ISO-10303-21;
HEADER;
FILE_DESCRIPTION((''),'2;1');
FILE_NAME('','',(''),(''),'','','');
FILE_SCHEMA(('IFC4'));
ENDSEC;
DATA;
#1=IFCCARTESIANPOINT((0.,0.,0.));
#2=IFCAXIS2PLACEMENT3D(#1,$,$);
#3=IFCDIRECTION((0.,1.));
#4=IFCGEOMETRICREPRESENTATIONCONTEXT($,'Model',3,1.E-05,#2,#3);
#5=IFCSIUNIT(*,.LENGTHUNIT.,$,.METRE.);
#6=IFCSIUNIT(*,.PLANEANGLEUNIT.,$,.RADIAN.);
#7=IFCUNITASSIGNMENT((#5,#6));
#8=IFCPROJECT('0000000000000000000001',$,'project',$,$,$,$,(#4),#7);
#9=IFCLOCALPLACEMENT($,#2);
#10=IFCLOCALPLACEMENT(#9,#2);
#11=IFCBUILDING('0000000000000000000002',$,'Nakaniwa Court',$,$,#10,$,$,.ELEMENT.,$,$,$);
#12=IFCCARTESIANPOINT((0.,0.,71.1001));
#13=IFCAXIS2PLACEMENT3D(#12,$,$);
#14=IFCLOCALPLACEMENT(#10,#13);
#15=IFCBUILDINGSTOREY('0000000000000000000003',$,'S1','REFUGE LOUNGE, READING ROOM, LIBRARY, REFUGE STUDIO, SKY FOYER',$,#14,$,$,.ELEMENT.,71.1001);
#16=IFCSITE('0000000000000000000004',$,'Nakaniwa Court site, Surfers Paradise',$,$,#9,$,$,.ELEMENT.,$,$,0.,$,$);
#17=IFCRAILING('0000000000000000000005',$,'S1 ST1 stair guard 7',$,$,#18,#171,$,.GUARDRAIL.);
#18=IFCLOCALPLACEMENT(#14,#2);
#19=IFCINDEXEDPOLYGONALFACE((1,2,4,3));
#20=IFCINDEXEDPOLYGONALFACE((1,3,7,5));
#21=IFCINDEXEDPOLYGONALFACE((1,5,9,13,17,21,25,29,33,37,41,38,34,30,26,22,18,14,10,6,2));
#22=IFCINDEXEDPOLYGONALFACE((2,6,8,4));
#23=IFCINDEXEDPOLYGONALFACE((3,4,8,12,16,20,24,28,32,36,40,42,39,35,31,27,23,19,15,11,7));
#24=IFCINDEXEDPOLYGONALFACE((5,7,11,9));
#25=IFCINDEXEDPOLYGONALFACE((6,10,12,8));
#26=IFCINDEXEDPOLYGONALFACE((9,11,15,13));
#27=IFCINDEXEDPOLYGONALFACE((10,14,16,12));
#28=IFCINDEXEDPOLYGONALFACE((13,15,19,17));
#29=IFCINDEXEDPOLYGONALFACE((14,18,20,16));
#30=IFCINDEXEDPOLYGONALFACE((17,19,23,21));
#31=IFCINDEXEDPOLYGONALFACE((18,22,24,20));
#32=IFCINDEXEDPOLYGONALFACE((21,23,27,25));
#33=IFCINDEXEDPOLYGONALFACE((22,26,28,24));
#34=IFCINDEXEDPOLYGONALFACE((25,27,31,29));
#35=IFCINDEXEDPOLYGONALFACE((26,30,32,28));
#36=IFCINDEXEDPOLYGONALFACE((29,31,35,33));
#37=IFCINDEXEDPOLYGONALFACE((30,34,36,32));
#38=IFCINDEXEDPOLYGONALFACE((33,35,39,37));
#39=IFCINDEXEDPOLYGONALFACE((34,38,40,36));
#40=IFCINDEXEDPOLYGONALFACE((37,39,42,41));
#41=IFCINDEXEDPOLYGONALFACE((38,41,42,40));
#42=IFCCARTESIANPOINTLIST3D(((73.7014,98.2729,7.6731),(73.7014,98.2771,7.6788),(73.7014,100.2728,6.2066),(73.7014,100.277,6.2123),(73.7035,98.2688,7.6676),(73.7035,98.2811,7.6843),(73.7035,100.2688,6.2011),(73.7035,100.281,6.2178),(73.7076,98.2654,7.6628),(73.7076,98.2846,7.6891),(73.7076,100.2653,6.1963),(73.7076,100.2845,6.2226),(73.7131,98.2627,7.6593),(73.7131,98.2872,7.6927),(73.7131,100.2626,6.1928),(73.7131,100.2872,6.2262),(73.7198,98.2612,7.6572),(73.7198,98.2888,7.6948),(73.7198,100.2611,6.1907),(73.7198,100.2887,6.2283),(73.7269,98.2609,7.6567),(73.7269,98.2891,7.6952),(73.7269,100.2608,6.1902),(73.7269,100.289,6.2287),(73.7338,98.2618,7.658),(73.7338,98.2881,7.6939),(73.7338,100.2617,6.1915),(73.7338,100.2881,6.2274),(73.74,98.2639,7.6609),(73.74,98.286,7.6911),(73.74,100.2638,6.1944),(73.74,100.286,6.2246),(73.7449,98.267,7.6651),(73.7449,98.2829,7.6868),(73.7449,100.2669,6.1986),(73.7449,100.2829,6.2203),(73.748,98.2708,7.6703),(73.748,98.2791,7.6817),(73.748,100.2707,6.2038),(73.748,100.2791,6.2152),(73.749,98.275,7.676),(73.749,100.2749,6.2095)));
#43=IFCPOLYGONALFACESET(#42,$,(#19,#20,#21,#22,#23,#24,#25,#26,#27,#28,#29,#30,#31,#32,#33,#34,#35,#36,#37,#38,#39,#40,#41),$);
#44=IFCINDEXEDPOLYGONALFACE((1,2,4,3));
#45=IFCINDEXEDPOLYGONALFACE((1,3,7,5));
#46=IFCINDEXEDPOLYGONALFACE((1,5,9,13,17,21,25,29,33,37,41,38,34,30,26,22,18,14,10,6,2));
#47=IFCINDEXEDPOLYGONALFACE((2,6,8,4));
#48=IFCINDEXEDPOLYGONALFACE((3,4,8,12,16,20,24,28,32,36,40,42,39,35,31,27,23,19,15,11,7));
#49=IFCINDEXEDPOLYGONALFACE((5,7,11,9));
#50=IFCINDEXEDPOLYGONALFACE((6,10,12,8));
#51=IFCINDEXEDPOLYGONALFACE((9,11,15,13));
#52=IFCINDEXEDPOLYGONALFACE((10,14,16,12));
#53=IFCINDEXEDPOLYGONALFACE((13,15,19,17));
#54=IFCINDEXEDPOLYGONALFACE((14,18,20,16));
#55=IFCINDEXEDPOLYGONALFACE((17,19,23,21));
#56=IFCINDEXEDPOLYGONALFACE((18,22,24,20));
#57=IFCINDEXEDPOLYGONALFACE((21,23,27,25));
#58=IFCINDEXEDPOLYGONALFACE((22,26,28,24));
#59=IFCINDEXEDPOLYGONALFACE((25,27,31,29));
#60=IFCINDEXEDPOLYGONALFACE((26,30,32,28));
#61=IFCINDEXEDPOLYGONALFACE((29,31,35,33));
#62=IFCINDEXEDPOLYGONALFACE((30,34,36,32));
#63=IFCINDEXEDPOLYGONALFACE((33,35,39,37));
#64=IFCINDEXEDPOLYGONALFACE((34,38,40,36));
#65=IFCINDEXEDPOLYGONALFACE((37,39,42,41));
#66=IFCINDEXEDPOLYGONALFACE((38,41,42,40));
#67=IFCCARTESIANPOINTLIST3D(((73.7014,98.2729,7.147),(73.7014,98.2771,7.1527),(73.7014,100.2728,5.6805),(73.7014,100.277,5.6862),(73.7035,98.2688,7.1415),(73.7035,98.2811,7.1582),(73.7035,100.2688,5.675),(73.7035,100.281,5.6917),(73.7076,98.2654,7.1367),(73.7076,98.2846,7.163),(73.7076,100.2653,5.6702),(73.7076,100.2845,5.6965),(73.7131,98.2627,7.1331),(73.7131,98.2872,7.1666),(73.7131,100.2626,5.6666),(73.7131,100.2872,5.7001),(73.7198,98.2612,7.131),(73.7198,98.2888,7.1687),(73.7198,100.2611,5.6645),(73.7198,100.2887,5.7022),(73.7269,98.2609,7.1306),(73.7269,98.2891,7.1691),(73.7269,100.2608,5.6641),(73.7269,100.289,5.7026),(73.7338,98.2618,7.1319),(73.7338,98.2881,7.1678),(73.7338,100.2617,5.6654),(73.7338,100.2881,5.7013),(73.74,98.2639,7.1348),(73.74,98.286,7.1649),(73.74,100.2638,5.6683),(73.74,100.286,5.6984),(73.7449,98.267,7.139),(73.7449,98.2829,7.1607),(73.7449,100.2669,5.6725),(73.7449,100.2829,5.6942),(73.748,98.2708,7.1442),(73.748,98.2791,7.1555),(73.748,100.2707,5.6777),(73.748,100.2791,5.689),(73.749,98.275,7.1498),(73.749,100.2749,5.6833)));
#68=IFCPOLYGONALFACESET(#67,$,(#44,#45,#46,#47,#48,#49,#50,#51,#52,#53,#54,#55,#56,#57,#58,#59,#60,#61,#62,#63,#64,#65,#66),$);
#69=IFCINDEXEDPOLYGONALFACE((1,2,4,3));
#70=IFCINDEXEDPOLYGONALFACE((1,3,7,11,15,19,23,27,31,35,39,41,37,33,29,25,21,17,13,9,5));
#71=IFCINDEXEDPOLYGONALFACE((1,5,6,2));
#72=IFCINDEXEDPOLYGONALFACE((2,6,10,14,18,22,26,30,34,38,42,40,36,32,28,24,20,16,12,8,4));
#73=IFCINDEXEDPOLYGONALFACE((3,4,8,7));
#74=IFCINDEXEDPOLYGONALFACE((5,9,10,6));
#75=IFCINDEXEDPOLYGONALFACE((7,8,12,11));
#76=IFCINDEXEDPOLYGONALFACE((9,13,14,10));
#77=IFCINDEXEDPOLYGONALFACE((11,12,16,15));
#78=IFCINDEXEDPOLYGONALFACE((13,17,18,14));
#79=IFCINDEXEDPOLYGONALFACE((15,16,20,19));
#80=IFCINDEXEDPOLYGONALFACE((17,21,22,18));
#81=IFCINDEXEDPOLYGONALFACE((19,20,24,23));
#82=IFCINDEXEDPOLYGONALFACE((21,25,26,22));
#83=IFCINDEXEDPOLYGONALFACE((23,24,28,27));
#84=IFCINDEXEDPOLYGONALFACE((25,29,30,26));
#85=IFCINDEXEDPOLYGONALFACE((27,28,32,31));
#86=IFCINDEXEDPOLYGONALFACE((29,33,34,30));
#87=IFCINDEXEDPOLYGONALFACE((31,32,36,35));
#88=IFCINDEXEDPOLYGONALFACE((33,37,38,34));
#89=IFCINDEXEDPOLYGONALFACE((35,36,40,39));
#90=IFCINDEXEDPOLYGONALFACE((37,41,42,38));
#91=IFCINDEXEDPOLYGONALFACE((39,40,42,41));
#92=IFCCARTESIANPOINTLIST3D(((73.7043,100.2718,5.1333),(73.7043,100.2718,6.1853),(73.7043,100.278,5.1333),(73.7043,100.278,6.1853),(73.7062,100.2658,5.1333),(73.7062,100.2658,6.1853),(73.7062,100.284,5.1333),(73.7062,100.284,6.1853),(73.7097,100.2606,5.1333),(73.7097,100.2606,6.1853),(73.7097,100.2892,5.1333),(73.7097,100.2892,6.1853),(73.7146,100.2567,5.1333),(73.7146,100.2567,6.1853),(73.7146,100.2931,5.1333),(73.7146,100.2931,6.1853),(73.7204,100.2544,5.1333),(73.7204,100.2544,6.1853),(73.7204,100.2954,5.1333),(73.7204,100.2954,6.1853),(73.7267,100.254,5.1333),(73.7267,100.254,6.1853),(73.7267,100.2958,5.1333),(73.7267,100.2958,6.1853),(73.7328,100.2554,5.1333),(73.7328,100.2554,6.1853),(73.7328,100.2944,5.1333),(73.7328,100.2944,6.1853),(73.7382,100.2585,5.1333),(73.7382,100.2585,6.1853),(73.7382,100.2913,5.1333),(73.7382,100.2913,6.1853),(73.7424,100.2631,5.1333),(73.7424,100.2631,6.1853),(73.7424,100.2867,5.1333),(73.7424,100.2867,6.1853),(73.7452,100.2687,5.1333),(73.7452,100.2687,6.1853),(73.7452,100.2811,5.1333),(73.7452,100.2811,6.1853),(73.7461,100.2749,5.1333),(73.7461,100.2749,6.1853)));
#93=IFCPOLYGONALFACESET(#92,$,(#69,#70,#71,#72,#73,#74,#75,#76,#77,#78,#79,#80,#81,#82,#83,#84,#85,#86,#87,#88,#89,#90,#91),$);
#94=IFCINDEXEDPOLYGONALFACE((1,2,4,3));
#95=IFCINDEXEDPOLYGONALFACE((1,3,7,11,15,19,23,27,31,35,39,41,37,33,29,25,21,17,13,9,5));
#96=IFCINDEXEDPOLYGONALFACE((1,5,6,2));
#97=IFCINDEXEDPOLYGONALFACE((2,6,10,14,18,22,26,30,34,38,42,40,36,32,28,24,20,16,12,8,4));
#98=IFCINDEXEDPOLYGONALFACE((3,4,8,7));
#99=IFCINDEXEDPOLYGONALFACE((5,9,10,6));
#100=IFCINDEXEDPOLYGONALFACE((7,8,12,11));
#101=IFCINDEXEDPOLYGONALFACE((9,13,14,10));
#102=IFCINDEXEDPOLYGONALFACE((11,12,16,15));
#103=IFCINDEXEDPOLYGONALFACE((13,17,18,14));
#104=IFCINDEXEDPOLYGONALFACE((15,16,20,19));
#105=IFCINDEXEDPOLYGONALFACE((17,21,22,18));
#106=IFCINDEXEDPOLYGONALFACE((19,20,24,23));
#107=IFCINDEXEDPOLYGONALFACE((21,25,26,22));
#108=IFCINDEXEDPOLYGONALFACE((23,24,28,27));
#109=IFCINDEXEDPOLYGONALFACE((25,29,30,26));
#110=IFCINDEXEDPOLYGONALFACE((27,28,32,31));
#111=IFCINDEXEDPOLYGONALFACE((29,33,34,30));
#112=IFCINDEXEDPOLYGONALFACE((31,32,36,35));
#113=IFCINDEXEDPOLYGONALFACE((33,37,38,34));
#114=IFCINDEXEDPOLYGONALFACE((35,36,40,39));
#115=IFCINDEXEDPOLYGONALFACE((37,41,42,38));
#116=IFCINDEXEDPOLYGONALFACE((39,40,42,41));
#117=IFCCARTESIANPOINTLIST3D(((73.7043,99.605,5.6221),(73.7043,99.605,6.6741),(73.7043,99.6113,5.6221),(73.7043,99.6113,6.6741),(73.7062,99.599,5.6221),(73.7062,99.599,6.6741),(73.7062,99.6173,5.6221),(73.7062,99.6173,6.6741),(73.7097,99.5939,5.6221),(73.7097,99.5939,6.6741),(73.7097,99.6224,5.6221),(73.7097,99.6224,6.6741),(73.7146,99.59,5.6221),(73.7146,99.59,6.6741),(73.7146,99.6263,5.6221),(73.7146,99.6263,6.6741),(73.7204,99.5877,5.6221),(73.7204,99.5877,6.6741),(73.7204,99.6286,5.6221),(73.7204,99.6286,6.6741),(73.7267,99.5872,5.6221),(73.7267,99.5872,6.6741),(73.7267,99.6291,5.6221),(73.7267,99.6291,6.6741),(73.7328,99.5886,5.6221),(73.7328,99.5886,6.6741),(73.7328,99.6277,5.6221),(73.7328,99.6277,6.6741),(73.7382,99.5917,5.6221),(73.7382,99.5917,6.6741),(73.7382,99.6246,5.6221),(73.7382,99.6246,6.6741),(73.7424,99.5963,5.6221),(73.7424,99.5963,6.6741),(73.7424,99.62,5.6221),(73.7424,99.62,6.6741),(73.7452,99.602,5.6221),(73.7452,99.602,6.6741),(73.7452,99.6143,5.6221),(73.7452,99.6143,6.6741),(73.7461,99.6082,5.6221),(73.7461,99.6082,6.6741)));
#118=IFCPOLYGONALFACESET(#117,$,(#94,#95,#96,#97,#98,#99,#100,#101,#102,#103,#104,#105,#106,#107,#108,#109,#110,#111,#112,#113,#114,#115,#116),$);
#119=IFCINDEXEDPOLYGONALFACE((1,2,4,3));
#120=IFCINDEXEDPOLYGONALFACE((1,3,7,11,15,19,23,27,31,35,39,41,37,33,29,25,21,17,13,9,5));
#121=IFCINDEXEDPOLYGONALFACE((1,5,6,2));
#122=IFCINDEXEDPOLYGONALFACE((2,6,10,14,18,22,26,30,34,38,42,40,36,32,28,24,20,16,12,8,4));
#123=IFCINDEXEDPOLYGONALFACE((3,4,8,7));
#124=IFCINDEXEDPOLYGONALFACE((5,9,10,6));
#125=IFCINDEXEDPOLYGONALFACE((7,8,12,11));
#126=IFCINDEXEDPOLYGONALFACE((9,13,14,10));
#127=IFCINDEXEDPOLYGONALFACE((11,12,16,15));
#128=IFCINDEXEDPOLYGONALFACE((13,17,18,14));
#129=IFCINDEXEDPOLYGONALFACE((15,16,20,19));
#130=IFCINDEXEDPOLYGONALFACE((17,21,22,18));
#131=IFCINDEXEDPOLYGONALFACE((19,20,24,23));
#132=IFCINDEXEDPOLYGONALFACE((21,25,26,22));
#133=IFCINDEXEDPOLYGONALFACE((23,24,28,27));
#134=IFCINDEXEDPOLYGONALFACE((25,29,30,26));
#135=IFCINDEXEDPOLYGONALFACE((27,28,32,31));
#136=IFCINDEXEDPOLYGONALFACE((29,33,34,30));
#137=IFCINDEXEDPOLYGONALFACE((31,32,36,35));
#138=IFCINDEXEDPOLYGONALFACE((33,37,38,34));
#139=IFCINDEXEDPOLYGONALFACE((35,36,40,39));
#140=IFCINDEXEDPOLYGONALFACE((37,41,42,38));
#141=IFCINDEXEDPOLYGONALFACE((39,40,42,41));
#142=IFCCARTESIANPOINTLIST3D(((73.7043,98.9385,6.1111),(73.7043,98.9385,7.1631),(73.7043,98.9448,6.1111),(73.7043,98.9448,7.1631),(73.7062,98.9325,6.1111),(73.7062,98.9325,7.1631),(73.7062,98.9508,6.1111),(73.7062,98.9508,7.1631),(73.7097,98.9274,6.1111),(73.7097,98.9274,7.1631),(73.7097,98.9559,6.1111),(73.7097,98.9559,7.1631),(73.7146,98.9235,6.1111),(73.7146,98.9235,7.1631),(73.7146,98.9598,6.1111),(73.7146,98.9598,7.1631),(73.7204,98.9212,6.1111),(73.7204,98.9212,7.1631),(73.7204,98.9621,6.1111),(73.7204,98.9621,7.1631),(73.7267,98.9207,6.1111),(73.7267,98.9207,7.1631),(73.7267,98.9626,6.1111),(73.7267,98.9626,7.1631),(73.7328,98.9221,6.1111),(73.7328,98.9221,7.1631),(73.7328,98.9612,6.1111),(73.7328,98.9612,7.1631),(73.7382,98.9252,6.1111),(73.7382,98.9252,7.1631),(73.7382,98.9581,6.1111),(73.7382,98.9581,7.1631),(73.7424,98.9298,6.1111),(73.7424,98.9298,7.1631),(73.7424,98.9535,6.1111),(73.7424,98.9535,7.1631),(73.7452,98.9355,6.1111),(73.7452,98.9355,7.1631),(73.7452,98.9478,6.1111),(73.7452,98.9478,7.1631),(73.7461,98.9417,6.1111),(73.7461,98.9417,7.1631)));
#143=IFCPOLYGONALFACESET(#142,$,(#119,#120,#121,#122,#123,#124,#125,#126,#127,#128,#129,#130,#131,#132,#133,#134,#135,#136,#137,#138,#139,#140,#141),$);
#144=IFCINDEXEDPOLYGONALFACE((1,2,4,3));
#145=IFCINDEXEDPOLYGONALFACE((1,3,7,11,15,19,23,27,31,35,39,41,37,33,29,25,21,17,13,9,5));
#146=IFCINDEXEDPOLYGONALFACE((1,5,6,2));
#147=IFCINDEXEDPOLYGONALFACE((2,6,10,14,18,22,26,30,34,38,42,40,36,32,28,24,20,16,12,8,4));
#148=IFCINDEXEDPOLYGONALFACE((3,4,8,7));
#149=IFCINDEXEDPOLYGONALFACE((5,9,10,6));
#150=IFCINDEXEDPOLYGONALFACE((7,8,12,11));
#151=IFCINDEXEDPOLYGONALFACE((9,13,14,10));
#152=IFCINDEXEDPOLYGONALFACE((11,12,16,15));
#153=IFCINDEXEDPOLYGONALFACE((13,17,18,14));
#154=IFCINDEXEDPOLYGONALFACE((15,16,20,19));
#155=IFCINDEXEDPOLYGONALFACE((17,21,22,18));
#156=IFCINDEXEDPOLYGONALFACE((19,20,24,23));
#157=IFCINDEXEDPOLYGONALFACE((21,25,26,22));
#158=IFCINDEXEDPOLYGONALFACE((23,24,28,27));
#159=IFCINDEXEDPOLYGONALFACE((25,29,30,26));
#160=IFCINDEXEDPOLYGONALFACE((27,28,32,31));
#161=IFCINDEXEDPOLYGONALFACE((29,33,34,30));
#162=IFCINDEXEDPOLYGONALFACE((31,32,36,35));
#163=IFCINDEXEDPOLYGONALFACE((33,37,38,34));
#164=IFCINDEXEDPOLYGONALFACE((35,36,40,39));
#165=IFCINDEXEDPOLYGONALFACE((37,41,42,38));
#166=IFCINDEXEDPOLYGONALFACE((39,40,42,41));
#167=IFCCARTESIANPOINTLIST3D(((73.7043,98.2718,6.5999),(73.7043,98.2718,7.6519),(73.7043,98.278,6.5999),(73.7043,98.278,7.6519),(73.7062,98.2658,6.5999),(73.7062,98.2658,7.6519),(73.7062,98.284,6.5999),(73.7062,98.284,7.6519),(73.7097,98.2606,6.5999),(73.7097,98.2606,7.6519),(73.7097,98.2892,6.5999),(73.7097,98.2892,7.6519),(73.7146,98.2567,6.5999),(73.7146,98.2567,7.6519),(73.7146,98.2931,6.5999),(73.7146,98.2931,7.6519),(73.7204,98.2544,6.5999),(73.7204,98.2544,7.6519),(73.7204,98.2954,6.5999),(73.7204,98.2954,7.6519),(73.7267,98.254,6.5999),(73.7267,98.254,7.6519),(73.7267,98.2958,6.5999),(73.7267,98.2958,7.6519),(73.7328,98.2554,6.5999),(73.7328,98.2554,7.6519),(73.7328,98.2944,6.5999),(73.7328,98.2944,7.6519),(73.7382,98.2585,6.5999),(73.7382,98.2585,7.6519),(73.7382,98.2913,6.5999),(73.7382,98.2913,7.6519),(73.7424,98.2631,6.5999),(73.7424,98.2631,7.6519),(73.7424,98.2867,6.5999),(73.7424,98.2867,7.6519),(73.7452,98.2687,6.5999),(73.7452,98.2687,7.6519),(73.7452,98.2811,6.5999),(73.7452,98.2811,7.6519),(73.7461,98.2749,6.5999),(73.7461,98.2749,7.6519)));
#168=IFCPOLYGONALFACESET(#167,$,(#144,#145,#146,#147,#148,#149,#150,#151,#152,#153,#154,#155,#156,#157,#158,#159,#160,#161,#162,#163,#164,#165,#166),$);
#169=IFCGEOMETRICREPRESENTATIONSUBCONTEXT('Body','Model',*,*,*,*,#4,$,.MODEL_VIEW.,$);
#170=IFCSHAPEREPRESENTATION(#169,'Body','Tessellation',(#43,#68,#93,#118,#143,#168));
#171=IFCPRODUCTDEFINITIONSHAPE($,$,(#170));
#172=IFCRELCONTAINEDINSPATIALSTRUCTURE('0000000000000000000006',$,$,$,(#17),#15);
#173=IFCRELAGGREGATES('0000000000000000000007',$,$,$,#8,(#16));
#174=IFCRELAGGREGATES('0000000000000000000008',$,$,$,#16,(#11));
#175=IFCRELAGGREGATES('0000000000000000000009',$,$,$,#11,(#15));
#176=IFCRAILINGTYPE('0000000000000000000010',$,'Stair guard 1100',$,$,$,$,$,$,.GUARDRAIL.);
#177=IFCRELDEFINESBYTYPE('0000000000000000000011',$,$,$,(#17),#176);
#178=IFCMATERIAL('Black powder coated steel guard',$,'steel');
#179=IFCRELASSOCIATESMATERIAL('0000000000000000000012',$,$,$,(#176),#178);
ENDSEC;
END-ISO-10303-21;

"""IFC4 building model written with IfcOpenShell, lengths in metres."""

from ifc_helpers import new_model, si_unit, direction, frame, origin, origin_2d, place, context, subcontext, project, spatial, circle, extrude, material, type_object, element, save


model = new_model("IFC4")

# Units and contexts
model_context = context("Model", 3, precision=1e-05, world=origin(), true_north=direction((0.0, 1.0)))
body_context = subcontext(model_context, "Body", "Model", "MODEL_VIEW")
ifc_project = project(units=[si_unit("LENGTHUNIT", "METRE"), si_unit("PLANEANGLEUNIT", "RADIAN")], contexts=[model_context])

# Site, building, storey
site_placement = place(None, origin())
site = spatial("IfcSite", under=ifc_project, at=site_placement, Name="Nakaniwa Court site, Surfers Paradise", CompositionType="ELEMENT", RefElevation=0.0)
building_placement = place(site_placement, origin())
building = spatial("IfcBuilding", under=site, at=building_placement, Name="Nakaniwa Court", CompositionType="ELEMENT")
storey_placement = place(building_placement, frame((0.0, 0.0, 71.1001)))
storey = spatial("IfcBuildingStorey", under=building, at=storey_placement, Name="S1", Description="REFUGE LOUNGE, READING ROOM, LIBRARY, REFUGE STUDIO, SKY FOYER", CompositionType="ELEMENT", Elevation=71.1001)

# Railing
ifc_material_1 = material(Name="Black powder coated steel guard", Category="steel")
railing_type_1 = type_object("IfcRailingType", Name="Stair guard 1100", PredefinedType="GUARDRAIL", material=ifc_material_1)
railing_1_placement = place(storey_placement, frame((73.7251, 100.2749, 5.1333)))
element("IfcRailing", 1, at=railing_1_placement, inside=storey, type_object=railing_type_1, Name="S1 ST1 stair guard 7", PredefinedType="GUARDRAIL", context=body_context, shape_type="SweptSolid", body=[
    extrude(circle(Radius=0.0239, at=origin_2d()), frame((0.0, 0.0, 1.0762), z_axis=(0.0, -0.806427, 0.591334), x_axis=(1.0, 0.0, 0.0)), (0.0, 0.0, 1.0), 2.48),
    extrude(circle(Radius=0.0239, at=origin_2d()), frame((0.0, 0.0, 0.55), z_axis=(0.0, -0.806427, 0.591334), x_axis=(1.0, 0.0, 0.0)), (0.0, 0.0, 1.0), 2.48),
    extrude(circle(Radius=0.021, at=origin_2d()), origin(), (0.0, 0.0, 1.0), 1.052),
    extrude(circle(Radius=0.021, at=origin_2d()), frame((0.0, -0.6667, 0.4888)), (0.0, 0.0, 1.0), 1.052),
    extrude(circle(Radius=0.021, at=origin_2d()), frame((0.0, -1.3333, 0.9778)), (0.0, 0.0, 1.0), 1.052),
    extrude(circle(Radius=0.021, at=origin_2d()), frame((0.0, -2.0, 1.4666)), (0.0, 0.0, 1.0), 1.052),
])

save(model, "model.ifc")
